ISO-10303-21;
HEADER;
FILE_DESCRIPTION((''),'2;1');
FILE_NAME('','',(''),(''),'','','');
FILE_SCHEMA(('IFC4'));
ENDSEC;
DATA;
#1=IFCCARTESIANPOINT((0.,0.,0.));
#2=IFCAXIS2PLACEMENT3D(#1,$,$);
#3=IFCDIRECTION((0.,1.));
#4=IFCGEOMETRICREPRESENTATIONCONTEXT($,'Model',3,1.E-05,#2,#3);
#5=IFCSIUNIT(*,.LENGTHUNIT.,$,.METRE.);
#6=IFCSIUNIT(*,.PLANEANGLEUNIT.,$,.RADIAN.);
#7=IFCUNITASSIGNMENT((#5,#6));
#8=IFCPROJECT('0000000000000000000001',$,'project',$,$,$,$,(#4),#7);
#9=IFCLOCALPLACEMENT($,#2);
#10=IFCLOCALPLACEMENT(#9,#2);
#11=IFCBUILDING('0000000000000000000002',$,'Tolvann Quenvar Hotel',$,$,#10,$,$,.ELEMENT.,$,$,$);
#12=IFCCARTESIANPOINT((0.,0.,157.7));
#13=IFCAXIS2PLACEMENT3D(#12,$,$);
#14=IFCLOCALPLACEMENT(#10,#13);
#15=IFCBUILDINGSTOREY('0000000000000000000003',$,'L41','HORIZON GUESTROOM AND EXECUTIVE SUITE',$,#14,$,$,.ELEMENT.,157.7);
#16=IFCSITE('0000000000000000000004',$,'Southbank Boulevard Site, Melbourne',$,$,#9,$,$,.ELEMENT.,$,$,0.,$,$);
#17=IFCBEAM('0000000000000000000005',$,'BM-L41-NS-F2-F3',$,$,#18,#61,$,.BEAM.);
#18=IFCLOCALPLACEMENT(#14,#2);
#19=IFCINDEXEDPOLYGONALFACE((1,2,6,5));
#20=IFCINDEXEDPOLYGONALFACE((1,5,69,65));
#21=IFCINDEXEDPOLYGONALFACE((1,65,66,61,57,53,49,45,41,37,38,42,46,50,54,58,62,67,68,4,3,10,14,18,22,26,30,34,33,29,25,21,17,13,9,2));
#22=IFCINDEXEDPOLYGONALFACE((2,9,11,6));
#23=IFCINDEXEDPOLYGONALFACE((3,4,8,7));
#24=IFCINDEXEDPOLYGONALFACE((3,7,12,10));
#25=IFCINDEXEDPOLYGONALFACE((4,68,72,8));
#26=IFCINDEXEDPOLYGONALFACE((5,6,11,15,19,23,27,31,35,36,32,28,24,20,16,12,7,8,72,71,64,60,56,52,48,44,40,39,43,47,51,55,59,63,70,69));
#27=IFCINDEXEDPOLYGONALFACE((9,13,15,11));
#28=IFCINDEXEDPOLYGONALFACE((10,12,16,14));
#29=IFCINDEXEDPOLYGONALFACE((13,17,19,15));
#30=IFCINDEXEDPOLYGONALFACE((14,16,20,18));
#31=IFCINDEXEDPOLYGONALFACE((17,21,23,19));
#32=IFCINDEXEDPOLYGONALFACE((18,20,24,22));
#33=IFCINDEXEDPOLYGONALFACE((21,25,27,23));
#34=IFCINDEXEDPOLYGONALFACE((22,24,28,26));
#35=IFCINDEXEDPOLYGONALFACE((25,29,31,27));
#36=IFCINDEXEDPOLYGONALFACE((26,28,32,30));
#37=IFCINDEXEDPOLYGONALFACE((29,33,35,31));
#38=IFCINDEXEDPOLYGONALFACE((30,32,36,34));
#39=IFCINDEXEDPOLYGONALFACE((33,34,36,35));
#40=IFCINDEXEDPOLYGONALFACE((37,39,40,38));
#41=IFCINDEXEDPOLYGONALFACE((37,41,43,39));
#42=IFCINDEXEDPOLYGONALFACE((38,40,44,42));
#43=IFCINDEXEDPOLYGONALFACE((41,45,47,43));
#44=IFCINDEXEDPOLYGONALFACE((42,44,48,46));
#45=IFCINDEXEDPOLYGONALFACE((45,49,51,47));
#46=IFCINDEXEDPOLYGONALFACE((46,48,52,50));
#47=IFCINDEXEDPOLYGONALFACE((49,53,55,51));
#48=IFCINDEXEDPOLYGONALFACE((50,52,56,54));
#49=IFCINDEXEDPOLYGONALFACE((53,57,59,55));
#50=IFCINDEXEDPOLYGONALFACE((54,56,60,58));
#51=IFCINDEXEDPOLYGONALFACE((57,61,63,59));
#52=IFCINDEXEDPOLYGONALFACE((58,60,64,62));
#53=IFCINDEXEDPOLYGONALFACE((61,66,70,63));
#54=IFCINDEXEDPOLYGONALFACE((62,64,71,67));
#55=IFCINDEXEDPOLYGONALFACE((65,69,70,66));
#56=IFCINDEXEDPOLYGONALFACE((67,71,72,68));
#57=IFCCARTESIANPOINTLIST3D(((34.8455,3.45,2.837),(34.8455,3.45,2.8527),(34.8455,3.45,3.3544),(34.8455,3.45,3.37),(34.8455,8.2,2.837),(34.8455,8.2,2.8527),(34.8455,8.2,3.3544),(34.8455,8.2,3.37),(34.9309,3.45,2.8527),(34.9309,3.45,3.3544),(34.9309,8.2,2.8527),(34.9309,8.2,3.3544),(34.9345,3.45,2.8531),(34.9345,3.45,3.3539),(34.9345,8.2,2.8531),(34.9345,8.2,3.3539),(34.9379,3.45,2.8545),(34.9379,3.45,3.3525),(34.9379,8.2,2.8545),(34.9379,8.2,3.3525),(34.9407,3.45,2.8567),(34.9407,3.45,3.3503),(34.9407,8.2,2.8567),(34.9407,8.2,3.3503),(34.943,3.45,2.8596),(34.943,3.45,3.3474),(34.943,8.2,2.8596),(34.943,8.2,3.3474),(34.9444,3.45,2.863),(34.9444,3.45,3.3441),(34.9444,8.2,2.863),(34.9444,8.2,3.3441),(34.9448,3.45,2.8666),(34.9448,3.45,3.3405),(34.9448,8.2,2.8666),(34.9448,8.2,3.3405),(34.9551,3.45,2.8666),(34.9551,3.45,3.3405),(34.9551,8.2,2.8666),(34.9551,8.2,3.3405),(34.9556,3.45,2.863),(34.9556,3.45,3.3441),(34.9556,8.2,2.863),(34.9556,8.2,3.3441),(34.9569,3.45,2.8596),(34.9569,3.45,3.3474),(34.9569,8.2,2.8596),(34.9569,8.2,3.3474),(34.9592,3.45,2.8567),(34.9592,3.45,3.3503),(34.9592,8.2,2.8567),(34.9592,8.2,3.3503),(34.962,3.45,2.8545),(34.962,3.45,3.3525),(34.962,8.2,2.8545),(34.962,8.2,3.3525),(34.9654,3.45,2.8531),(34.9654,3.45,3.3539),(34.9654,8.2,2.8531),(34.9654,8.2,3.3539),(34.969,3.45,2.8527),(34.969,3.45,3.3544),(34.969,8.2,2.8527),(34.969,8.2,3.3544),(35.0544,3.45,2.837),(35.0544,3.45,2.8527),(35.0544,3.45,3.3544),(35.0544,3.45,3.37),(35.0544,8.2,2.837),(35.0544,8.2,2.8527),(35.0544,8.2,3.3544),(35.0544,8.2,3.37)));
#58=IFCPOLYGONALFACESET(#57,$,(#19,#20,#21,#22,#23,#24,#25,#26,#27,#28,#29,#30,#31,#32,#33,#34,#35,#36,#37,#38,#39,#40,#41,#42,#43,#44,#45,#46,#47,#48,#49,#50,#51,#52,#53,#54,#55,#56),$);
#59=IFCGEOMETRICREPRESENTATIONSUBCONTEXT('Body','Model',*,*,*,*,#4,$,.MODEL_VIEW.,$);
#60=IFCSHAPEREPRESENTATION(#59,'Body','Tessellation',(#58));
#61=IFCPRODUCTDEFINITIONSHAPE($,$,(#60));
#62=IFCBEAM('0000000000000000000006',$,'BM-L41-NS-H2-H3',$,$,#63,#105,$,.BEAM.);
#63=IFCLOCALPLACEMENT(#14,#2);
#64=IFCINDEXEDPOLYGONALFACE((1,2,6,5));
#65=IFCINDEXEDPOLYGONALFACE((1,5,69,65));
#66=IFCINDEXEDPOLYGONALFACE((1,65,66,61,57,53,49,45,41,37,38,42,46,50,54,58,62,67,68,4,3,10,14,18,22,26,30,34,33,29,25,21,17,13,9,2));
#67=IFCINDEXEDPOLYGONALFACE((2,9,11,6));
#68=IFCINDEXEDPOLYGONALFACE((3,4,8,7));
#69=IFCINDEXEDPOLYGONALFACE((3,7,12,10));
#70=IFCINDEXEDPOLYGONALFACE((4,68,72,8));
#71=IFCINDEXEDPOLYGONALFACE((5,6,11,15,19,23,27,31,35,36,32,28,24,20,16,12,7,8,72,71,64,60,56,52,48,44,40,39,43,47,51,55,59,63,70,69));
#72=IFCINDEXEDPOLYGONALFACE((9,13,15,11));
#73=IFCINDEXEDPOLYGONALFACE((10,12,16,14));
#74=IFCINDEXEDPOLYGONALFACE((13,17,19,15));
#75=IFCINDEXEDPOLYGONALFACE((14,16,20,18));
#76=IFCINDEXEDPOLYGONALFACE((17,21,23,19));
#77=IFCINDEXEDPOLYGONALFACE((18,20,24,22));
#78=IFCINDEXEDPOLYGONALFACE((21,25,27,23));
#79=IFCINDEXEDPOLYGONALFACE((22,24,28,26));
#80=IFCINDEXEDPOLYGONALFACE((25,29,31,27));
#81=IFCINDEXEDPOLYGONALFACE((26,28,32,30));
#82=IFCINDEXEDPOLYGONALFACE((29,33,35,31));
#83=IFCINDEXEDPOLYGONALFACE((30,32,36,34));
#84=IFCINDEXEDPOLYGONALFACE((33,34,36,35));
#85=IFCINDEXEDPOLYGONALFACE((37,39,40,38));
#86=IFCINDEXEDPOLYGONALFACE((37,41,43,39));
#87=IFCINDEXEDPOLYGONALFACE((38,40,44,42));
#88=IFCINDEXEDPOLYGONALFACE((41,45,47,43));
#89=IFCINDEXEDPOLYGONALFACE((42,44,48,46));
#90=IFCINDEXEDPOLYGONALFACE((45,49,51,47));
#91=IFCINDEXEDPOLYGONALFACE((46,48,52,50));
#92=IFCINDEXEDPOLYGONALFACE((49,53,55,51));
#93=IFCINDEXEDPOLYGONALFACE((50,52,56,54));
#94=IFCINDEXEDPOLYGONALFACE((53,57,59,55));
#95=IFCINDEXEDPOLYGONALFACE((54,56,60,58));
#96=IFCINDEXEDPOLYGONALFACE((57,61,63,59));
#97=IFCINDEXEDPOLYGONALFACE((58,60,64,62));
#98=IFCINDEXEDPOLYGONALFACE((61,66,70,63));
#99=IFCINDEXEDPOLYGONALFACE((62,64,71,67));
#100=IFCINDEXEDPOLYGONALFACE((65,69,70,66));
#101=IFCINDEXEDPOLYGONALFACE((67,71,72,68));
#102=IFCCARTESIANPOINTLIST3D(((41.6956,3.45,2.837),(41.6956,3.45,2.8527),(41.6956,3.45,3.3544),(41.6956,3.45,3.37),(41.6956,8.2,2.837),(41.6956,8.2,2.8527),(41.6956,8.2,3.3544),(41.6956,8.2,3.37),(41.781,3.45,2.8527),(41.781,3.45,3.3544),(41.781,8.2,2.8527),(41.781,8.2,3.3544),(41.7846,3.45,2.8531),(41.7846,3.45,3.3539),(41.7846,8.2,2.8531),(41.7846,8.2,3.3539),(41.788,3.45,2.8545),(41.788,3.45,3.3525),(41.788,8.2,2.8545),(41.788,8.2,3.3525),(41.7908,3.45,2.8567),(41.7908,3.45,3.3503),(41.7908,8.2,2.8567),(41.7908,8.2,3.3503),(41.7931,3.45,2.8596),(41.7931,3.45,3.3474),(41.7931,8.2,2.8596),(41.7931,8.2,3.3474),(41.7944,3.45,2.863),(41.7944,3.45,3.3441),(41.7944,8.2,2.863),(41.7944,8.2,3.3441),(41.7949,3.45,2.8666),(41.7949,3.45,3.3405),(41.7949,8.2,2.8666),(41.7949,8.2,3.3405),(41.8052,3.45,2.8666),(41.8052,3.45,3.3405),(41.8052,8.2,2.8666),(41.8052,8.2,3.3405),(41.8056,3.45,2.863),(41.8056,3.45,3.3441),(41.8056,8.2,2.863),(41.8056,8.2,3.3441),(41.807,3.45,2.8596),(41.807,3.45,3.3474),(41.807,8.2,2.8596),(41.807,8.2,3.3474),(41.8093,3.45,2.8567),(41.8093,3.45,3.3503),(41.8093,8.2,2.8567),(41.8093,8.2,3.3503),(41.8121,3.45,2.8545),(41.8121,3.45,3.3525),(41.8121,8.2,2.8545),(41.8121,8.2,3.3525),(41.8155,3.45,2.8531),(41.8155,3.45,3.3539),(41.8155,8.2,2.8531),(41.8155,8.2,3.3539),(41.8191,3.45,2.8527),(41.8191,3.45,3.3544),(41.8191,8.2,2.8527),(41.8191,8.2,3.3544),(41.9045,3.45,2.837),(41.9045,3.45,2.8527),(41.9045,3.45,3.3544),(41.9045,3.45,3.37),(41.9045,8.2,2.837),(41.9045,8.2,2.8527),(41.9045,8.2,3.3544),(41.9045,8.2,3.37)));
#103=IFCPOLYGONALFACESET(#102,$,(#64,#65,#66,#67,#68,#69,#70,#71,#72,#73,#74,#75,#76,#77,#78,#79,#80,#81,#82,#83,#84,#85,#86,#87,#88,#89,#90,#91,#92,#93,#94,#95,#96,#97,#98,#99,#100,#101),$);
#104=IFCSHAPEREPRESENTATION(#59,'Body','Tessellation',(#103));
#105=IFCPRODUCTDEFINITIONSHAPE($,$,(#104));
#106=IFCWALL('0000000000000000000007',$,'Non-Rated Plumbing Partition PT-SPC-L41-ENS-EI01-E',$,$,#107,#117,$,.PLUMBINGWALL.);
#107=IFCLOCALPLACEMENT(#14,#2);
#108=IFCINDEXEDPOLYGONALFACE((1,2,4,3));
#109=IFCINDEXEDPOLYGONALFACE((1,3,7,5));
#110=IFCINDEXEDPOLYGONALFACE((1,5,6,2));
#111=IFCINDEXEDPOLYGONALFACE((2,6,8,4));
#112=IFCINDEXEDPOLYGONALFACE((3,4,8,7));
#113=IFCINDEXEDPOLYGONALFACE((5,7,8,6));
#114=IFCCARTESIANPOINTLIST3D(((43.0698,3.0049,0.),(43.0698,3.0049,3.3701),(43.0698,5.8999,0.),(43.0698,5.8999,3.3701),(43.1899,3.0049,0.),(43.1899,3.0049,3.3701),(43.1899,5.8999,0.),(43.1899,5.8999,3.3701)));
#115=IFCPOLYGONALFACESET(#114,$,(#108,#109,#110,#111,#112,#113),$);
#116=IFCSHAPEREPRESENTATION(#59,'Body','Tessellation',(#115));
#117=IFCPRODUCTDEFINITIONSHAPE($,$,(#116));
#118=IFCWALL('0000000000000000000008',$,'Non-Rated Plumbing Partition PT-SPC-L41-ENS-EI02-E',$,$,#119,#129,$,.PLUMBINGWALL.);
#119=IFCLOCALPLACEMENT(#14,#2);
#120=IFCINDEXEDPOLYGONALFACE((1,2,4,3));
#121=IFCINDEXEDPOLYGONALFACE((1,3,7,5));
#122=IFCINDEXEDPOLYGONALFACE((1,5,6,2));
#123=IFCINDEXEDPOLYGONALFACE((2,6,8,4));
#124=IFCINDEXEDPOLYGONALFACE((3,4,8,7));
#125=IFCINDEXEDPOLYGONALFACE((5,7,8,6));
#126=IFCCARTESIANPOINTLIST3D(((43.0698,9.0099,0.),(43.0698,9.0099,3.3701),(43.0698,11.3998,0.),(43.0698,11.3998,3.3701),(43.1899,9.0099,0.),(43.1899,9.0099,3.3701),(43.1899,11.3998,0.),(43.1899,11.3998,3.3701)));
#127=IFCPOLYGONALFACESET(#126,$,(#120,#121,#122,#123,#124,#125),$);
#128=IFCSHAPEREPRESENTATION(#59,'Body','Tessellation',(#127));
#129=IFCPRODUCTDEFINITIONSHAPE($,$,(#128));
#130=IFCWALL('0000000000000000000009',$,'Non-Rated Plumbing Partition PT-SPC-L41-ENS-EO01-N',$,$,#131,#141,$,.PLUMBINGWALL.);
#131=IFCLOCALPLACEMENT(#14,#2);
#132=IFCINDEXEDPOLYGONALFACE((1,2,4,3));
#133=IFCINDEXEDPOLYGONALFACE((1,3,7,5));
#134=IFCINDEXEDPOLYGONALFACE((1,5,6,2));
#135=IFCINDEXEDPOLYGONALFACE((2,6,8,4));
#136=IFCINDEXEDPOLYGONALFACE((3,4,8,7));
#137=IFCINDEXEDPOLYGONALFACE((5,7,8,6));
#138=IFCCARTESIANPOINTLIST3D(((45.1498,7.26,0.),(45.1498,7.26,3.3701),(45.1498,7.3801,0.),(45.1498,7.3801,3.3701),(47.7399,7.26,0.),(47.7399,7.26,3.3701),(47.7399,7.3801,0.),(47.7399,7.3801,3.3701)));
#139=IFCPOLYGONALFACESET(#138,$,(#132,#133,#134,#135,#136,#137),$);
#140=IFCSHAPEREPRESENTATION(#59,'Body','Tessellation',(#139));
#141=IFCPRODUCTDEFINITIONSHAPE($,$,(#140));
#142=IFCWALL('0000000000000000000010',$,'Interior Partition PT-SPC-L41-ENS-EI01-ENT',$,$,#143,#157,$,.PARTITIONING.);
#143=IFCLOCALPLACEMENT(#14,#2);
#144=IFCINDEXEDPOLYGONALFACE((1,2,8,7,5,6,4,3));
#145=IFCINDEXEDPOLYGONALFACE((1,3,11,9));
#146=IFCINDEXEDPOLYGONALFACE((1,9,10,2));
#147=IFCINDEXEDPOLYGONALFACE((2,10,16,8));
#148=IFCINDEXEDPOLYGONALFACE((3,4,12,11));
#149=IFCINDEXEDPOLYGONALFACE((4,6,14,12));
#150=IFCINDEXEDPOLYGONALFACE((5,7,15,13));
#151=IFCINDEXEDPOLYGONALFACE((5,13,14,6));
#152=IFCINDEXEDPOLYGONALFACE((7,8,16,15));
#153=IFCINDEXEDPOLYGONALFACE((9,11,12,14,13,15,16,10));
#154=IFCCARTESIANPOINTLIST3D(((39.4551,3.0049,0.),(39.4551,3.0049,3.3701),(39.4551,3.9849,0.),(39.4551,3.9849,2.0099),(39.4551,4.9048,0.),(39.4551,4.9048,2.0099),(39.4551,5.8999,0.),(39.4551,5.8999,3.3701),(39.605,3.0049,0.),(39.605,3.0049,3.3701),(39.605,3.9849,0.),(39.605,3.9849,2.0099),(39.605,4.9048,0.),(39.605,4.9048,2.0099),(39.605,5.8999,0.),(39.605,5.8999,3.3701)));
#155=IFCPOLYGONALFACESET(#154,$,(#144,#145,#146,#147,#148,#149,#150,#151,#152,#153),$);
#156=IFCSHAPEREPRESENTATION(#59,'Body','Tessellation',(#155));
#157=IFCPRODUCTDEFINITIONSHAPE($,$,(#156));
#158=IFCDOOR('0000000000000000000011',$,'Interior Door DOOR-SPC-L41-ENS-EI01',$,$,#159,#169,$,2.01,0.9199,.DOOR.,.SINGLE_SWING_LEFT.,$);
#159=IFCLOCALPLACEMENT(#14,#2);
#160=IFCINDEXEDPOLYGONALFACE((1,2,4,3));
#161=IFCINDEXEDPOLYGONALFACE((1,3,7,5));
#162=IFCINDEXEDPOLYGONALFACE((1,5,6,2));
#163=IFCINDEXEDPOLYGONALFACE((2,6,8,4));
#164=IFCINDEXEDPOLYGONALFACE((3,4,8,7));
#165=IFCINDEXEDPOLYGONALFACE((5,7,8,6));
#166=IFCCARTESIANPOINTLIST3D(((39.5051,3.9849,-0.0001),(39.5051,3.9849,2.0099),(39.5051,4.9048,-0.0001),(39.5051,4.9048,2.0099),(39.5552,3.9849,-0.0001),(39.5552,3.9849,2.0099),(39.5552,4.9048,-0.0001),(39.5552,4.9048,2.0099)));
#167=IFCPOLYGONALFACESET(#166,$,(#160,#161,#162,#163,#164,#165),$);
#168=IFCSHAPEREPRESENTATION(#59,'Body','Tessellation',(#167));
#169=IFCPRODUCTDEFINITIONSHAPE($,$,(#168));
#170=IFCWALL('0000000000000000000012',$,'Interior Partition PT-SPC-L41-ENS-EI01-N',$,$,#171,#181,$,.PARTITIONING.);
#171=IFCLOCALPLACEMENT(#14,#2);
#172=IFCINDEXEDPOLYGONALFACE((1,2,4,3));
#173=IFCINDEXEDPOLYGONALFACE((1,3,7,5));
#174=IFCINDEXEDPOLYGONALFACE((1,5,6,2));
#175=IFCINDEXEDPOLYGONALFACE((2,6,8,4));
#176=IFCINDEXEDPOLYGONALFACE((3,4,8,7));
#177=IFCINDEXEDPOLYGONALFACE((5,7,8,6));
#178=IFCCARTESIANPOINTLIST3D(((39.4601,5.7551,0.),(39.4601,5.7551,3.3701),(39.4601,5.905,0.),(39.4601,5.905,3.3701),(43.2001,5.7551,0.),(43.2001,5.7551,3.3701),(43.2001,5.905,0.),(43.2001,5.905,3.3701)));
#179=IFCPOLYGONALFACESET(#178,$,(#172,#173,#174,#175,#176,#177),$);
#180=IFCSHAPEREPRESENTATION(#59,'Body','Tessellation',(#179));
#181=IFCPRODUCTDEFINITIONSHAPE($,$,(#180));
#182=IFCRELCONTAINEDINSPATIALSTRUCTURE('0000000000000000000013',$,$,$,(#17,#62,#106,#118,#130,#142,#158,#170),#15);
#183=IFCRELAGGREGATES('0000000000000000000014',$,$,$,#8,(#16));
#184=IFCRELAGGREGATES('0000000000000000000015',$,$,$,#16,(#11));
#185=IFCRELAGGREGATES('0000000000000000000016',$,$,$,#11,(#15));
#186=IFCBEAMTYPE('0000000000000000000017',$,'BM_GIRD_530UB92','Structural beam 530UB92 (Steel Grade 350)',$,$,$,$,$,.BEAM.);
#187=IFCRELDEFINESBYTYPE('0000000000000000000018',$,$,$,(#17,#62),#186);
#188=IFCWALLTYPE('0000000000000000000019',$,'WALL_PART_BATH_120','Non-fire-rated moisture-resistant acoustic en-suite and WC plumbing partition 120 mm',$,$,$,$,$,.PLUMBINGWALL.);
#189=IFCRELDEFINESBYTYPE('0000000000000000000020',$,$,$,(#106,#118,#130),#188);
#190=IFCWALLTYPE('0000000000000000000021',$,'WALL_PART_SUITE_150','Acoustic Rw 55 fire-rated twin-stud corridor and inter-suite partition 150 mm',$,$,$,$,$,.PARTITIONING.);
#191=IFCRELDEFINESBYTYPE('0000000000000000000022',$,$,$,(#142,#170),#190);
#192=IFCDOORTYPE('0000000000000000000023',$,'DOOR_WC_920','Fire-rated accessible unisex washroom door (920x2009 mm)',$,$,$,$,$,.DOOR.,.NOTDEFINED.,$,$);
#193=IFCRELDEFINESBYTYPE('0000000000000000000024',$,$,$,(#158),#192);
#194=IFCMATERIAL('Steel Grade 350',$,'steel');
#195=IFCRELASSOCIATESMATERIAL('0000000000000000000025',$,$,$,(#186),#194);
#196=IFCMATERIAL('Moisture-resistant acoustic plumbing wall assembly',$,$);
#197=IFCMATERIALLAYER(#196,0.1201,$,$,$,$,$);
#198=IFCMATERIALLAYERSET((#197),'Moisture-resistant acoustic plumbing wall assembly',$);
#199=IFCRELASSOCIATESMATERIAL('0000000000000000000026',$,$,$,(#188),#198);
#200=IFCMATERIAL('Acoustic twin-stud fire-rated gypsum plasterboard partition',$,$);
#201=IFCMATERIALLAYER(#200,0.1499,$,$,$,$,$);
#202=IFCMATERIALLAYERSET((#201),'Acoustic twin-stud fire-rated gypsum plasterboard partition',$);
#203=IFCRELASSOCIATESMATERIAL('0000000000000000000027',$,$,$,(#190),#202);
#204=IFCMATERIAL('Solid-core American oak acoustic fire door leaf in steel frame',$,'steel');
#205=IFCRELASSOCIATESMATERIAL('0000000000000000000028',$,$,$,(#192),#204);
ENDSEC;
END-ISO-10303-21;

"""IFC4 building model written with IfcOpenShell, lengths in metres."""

from ifc_helpers import new_model, si_unit, direction, frame, frame_2d, origin, origin_2d, place, context, subcontext, project, spatial, rectangle, i_section, extrude, source, transform, mapped, material, layer, layer_set, material_profile, profile_set, type_object, type_shapes, element, fill, save


model = new_model("IFC4")

# Units and contexts
model_context = context("Model", 3, precision=1e-05, world=origin(), true_north=direction((0.0, 1.0)))
body_context = subcontext(model_context, "Body", "Model", "MODEL_VIEW")
ifc_project = project(units=[si_unit("LENGTHUNIT", "METRE"), si_unit("PLANEANGLEUNIT", "RADIAN")], contexts=[model_context])

# Site, building, storey
site_placement = place(None, origin())
site = spatial("IfcSite", under=ifc_project, at=site_placement, Name="Southbank Boulevard Site, Melbourne", CompositionType="ELEMENT", RefElevation=0.0)
building_placement = place(site_placement, origin())
building = spatial("IfcBuilding", under=site, at=building_placement, Name="Tolvann Quenvar Hotel", CompositionType="ELEMENT")
storey_placement = place(building_placement, frame((0.0, 0.0, 157.7)))
storey = spatial("IfcBuildingStorey", under=building, at=storey_placement, Name="L41", Description="HORIZON GUESTROOM AND EXECUTIVE SUITE", CompositionType="ELEMENT", Elevation=157.7)

# Shared definitions
ifc_material_1 = material(Name="Steel Grade 350", Category="steel")

# Beams
ifc_material_profile_1 = material_profile(ifc_material_1, i_section(OverallWidth=0.209, OverallDepth=0.533, WebThickness=0.0103, FlangeThickness=0.0156, FilletRadius=0.0139, at=origin_2d()), Name="530UB92")
ifc_profile_set_1 = profile_set([ifc_material_profile_1], Name="Steel Grade 350")
beam_type_1 = type_object("IfcBeamType", Name="BM_GIRD_530UB92", Description="Structural beam 530UB92 (Steel Grade 350)", PredefinedType="BEAM", material=ifc_profile_set_1)
shared_shape_1 = source(origin(), body_context, "Body", "SweptSolid", [
    extrude(i_section(OverallWidth=0.209, OverallDepth=0.533, WebThickness=0.0103, FlangeThickness=0.0156, FilletRadius=0.0139, at=origin_2d()), origin(), (0.0, 0.0, 1.0), 4.75),
])
for number, where, z_axis, x_axis, name in (
    (1, (34.95, 3.45, 3.1035), (0.0, 1.0, 0.0), (-1.0, 0.0, 0.0), "BM-L41-NS-F2-F3"),
    (2, (41.8, 3.45, 3.1035), (0.0, 1.0, 0.0), (-1.0, 0.0, 0.0), "BM-L41-NS-H2-H3"),
):
    element("IfcBeam", number, at=place(storey_placement, frame(where, z_axis=z_axis, x_axis=x_axis)), inside=storey, type_object=beam_type_1, Name=name, PredefinedType="BEAM", context=body_context, shape_type="MappedRepresentation", body=[
        mapped(shared_shape_1, transform((0.0, 0.0, 0.0), x_axis=(1.0, 0.0, 0.0), y_axis=(0.0, 1.0, 0.0), z_axis=(0.0, 0.0, 1.0), scale=1.0)),
    ])

# Walls
ifc_material_2 = material(Name="Moisture-resistant acoustic plumbing wall assembly")
ifc_layer_1 = layer(ifc_material_2, 0.1201)
ifc_layer_set_1 = layer_set([ifc_layer_1], Name="Moisture-resistant acoustic plumbing wall assembly")
wall_type_1 = type_object("IfcWallType", Name="WALL_PART_BATH_120", Description="Non-fire-rated moisture-resistant acoustic en-suite and WC plumbing partition 120 mm", PredefinedType="PLUMBINGWALL", material=ifc_layer_set_1)
wall_1_placement = place(storey_placement, frame((43.1299, 3.0049, 0.0), z_axis=(0.0, 0.0, 1.0), x_axis=(0.0, 1.0, 0.0)))
element("IfcWall", 3, at=wall_1_placement, inside=storey, type_object=wall_type_1, Name="Non-Rated Plumbing Partition PT-SPC-L41-ENS-EI01-E", PredefinedType="PLUMBINGWALL", context=body_context, shape_type="SweptSolid", body=[
    extrude(rectangle(XDim=2.895, YDim=0.1201, at=frame_2d((1.4475, 0.0))), origin(), (0.0, 0.0, 1.0), 3.3701),
])
wall_2_placement = place(storey_placement, frame((43.1299, 9.01, 0.0), z_axis=(0.0, 0.0, 1.0), x_axis=(0.0, 1.0, 0.0)))
element("IfcWall", 4, at=wall_2_placement, inside=storey, type_object=wall_type_1, Name="Non-Rated Plumbing Partition PT-SPC-L41-ENS-EI02-E", PredefinedType="PLUMBINGWALL", context=body_context, shape_type="SweptSolid", body=[
    extrude(rectangle(XDim=2.3899, YDim=0.1201, at=frame_2d((1.1948, 0.0))), origin(), (0.0, 0.0, 1.0), 3.3701),
])
wall_3_placement = place(storey_placement, frame((45.1499, 7.3201, 0.0), z_axis=(0.0, 0.0, 1.0), x_axis=(1.0, 0.0, 0.0)))
element("IfcWall", 5, at=wall_3_placement, inside=storey, type_object=wall_type_1, Name="Non-Rated Plumbing Partition PT-SPC-L41-ENS-EO01-N", PredefinedType="PLUMBINGWALL", context=body_context, shape_type="SweptSolid", body=[
    extrude(rectangle(XDim=2.5901, YDim=0.1201, at=frame_2d((1.2949, 0.0))), origin(), (0.0, 0.0, 1.0), 3.3701),
])

# Wall, opening, door
ifc_material_3 = material(Name="Acoustic twin-stud fire-rated gypsum plasterboard partition")
ifc_layer_2 = layer(ifc_material_3, 0.1499)
ifc_layer_set_2 = layer_set([ifc_layer_2], Name="Acoustic twin-stud fire-rated gypsum plasterboard partition")
wall_type_2 = type_object("IfcWallType", Name="WALL_PART_SUITE_150", Description="Acoustic Rw 55 fire-rated twin-stud corridor and inter-suite partition 150 mm", PredefinedType="PARTITIONING", material=ifc_layer_set_2)
wall_4_placement = place(storey_placement, frame((39.53, 3.0049, 0.0), z_axis=(0.0, 0.0, 1.0), x_axis=(0.0, 1.0, 0.0)))
wall_4 = element("IfcWall", 6, at=wall_4_placement, inside=storey, type_object=wall_type_2, Name="Interior Partition PT-SPC-L41-ENS-EI01-ENT", PredefinedType="PARTITIONING", context=body_context, shape_type="SweptSolid", body=[
    extrude(rectangle(XDim=2.895, YDim=0.1499, at=frame_2d((1.4475, 0.0))), origin(), (0.0, 0.0, 1.0), 3.3701),
])
opening_1_placement = place(wall_4_placement, frame((0.98, 0.0, 0.0)))
opening_1 = element("IfcOpeningElement", 7, at=opening_1_placement, cuts=wall_4, PredefinedType="OPENING", context=body_context, shape_type="SweptSolid", body=[
    extrude(rectangle(XDim=0.9199, YDim=2.01, at=frame_2d((0.46, 1.0049))), frame((0.0, 0.085, 0.0), z_axis=(0.0, -1.0, 0.0), x_axis=(1.0, 0.0, 0.0)), (0.0, 0.0, 1.0), 0.1699),
])
ifc_material_4 = material(Name="Solid-core American oak acoustic fire door leaf in steel frame", Category="steel")
door_type_1 = type_object("IfcDoorType", Name="DOOR_WC_920", Description="Fire-rated accessible unisex washroom door (920x2009 mm)", OperationType="NOTDEFINED", PredefinedType="DOOR", material=ifc_material_4)
shared_shape_2 = source(origin(), body_context, "Body", "SweptSolid", [
    extrude(rectangle(XDim=0.9199, YDim=2.01, at=frame_2d((0.46, 1.0049))), frame((0.0, 0.0249, 0.0), z_axis=(0.0, -1.0, 0.0), x_axis=(1.0, 0.0, 0.0)), (0.0, 0.0, 1.0), 0.05),
])
type_shapes(door_type_1, [shared_shape_2])
door_1_placement = place(opening_1_placement, origin())
door_1 = element("IfcDoor", 8, at=door_1_placement, inside=storey, type_object=door_type_1, Name="Interior Door DOOR-SPC-L41-ENS-EI01", OperationType="SINGLE_SWING_LEFT", OverallHeight=2.01, OverallWidth=0.9199, PredefinedType="DOOR", context=body_context, shape_type="MappedRepresentation", body=[
    mapped(shared_shape_2, transform((0.0, 0.0, 0.0), x_axis=(1.0, 0.0, 0.0), y_axis=(0.0, 1.0, 0.0), z_axis=(0.0, 0.0, 1.0), scale=1.0)),
])
fill(opening_1, door_1)

# Wall
wall_5_placement = place(storey_placement, frame((39.46, 5.8301, 0.0), z_axis=(0.0, 0.0, 1.0), x_axis=(1.0, 0.0, 0.0)))
element("IfcWall", 9, at=wall_5_placement, inside=storey, type_object=wall_type_2, Name="Interior Partition PT-SPC-L41-ENS-EI01-N", PredefinedType="PARTITIONING", context=body_context, shape_type="SweptSolid", body=[
    extrude(rectangle(XDim=3.74, YDim=0.1499, at=frame_2d((1.8701, 0.0))), origin(), (0.0, 0.0, 1.0), 3.3701),
])

save(model, "model.ifc")
